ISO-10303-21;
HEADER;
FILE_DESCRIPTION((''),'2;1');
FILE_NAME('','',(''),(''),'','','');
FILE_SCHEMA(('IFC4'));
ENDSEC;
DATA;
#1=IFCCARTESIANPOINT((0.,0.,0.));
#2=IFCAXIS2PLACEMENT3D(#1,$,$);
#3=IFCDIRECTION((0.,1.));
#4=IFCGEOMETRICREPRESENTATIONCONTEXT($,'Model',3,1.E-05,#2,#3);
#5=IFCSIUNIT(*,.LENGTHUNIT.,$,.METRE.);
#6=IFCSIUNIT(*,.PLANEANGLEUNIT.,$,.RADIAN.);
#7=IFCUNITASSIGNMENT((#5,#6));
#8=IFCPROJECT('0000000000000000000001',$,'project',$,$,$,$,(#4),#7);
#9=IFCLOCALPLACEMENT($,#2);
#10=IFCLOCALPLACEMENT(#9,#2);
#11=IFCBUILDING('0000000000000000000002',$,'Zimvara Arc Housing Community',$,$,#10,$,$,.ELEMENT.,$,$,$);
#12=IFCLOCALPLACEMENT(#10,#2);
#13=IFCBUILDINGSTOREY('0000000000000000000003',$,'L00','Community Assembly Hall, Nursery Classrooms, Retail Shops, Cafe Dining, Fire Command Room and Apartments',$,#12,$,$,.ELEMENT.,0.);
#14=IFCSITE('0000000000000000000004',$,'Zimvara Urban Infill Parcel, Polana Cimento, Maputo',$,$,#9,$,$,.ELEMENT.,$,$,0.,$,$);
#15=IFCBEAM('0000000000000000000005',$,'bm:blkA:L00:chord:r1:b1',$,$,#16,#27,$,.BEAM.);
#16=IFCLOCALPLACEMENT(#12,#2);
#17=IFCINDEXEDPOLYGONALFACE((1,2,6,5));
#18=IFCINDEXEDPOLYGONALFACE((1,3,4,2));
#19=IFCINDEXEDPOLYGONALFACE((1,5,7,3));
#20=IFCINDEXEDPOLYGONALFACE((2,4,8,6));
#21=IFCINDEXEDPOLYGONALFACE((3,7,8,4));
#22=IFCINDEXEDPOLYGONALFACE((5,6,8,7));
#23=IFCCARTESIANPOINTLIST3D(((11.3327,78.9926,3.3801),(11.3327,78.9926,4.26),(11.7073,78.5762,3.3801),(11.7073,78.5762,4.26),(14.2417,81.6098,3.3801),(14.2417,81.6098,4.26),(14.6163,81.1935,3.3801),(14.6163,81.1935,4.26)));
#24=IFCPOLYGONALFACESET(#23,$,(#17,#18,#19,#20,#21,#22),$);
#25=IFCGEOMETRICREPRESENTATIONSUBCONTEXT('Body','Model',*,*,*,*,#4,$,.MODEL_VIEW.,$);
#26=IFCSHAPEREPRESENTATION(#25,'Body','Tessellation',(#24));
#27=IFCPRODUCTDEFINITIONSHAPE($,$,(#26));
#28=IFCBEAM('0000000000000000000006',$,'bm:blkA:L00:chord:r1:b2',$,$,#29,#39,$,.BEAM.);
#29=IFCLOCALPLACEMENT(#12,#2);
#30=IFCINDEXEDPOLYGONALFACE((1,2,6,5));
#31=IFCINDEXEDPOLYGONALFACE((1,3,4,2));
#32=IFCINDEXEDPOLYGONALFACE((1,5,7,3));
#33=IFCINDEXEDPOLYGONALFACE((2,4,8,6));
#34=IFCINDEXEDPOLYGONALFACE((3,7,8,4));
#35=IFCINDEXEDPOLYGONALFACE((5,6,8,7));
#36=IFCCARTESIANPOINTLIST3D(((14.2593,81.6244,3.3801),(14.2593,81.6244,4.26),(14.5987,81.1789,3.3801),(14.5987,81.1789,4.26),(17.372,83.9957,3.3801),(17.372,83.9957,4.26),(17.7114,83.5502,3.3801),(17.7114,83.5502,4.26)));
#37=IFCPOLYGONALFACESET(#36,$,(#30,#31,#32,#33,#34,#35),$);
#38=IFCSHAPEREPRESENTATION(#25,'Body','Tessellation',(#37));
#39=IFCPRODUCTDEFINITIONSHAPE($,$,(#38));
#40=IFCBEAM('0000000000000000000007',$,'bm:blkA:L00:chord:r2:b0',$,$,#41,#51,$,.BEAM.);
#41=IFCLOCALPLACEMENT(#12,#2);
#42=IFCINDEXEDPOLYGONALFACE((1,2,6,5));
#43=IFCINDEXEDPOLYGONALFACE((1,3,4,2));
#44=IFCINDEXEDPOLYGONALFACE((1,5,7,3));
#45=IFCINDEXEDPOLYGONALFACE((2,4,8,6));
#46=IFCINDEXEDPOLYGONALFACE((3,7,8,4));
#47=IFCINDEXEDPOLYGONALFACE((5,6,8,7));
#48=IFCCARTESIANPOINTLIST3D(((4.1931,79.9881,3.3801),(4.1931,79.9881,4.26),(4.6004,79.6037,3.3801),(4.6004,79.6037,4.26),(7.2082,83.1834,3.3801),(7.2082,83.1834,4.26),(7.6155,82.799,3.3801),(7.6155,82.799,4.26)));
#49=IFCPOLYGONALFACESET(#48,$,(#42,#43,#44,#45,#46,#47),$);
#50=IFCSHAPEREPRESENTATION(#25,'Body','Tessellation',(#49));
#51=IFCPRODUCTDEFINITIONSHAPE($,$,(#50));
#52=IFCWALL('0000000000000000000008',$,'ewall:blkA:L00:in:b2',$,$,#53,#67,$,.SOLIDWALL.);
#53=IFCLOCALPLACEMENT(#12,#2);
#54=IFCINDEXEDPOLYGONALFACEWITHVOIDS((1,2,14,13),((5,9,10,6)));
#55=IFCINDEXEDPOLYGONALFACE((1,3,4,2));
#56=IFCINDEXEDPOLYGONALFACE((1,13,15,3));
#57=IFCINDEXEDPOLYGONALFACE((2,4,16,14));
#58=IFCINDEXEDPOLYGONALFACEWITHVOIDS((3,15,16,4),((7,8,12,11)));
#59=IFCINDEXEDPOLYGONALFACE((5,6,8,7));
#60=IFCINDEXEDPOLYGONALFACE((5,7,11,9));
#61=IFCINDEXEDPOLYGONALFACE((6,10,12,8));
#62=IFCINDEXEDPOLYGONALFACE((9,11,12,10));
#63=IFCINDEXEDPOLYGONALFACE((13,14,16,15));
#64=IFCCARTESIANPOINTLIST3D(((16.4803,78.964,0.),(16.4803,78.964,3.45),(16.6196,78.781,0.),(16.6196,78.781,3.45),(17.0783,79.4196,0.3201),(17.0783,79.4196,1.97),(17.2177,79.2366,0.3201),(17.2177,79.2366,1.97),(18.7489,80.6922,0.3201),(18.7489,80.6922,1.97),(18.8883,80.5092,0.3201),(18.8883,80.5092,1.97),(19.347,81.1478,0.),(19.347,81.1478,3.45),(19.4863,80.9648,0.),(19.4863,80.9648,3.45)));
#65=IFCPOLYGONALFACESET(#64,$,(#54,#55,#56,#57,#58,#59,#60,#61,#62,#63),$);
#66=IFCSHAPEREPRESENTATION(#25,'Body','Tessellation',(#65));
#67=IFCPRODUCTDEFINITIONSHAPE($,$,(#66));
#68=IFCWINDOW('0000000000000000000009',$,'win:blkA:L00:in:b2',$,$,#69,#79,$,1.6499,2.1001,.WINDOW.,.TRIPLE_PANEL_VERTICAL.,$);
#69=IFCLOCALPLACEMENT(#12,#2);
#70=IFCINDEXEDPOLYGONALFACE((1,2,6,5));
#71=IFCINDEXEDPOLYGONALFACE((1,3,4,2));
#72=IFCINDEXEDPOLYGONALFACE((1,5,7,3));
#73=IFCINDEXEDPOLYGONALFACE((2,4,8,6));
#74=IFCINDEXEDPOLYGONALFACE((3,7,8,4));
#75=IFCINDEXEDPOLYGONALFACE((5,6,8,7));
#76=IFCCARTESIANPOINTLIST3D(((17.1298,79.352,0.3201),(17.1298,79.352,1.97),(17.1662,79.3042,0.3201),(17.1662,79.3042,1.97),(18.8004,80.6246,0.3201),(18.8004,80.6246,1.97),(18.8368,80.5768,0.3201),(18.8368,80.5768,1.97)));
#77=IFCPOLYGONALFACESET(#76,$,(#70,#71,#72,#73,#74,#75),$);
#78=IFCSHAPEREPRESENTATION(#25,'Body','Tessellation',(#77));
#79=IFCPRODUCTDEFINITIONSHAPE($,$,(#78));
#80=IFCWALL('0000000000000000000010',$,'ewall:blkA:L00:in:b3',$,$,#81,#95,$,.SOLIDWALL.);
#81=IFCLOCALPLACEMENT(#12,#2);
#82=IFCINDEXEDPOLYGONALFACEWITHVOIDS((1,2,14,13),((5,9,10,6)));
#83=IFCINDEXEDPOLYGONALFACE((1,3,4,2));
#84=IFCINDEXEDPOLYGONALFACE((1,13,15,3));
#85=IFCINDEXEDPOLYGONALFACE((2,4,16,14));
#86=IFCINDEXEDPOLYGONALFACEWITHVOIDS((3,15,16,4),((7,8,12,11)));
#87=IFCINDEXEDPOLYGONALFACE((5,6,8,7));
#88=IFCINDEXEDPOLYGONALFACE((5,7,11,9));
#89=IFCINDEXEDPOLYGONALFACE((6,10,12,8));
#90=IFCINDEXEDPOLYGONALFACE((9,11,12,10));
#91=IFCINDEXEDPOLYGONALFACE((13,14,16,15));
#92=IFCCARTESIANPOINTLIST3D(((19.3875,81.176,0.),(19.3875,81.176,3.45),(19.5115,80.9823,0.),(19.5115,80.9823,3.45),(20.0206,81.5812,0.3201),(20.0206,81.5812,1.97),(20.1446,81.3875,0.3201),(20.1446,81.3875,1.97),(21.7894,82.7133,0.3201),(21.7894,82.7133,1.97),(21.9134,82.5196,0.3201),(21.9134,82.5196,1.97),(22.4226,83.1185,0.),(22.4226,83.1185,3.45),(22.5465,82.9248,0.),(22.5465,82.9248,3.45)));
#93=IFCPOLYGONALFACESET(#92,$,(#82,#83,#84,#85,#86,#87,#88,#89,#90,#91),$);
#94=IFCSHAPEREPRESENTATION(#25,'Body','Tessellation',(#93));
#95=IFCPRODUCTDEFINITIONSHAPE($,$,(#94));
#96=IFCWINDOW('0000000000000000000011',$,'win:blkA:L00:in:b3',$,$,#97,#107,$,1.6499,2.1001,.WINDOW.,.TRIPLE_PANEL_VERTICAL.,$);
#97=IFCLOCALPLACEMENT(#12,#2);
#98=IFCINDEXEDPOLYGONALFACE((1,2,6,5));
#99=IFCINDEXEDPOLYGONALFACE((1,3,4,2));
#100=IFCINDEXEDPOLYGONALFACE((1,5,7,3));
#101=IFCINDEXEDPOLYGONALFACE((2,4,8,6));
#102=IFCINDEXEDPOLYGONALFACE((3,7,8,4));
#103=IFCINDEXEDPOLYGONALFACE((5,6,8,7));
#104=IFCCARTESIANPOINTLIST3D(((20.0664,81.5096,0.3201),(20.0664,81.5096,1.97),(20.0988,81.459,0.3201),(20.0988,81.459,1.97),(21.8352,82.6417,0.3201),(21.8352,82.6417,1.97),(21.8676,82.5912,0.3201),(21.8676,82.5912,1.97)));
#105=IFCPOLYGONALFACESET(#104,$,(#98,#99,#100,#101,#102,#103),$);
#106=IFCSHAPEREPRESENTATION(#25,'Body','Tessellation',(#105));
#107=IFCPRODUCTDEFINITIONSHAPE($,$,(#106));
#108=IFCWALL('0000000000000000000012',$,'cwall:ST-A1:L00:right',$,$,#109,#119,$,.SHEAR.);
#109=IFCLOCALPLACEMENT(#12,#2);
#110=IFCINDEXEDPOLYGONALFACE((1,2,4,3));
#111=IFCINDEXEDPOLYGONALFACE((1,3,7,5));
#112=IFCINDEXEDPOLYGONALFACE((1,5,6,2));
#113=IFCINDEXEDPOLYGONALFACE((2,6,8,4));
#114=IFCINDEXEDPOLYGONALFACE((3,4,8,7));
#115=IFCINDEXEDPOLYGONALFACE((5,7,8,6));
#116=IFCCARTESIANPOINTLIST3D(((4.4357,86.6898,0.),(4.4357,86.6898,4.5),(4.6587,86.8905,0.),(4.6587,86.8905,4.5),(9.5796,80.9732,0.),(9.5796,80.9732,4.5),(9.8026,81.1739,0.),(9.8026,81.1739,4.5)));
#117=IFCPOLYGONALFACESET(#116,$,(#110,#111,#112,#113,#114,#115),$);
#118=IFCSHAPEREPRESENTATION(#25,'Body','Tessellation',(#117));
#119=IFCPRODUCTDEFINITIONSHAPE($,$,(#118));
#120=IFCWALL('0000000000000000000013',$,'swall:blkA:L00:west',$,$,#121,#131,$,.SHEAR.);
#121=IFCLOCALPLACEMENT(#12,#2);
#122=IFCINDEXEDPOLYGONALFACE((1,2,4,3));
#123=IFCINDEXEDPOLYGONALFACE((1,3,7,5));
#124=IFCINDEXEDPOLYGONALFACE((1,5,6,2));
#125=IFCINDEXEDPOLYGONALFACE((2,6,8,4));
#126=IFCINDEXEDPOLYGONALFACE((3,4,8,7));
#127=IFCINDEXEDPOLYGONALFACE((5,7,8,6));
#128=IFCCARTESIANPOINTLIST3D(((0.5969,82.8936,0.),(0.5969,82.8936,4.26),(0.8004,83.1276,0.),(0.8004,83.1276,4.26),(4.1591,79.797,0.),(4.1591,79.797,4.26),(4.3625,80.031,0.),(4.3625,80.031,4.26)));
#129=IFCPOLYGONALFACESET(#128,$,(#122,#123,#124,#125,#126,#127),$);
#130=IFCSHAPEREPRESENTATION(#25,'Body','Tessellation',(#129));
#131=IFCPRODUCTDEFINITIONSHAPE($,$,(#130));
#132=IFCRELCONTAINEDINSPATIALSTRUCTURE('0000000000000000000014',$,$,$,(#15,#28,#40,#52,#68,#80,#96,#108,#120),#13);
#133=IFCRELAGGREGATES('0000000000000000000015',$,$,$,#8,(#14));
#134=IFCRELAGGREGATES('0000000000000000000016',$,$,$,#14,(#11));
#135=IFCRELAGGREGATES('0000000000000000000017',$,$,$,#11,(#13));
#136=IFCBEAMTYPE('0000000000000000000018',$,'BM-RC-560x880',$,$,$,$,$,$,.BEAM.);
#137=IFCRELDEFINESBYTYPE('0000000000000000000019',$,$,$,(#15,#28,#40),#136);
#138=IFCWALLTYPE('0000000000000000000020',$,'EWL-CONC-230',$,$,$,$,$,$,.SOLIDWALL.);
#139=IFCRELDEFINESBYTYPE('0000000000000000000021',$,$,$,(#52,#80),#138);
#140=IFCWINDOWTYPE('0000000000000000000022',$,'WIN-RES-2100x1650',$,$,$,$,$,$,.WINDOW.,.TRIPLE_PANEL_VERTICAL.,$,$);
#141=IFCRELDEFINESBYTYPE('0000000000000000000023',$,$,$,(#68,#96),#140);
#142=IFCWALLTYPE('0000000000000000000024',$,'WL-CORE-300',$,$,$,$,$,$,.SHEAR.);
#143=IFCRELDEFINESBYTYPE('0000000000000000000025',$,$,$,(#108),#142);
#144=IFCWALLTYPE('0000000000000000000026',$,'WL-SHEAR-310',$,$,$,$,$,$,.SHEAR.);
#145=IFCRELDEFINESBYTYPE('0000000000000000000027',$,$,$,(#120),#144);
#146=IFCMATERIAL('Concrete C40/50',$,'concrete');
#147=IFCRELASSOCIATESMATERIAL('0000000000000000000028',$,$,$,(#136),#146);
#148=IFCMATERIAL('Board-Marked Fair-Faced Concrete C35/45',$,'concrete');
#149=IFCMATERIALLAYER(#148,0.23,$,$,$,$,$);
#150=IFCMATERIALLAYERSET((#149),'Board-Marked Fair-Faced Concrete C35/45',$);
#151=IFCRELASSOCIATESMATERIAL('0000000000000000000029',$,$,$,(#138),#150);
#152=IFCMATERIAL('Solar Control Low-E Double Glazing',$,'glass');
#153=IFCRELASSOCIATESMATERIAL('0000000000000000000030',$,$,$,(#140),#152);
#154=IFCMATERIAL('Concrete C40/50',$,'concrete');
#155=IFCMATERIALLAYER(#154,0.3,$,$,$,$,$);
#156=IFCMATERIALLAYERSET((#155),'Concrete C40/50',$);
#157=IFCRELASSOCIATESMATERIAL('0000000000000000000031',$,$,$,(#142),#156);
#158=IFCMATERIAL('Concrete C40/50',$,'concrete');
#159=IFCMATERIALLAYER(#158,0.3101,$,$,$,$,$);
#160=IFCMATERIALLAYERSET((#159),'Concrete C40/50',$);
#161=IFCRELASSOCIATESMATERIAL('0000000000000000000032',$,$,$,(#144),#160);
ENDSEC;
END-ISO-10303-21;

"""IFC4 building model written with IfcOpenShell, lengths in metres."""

from ifc_helpers import new_model, si_unit, direction, frame, frame_2d, origin, origin_2d, place, context, subcontext, project, spatial, rectangle, extrude, material, layer, layer_set, material_profile, profile_set, type_object, element, fill, save


model = new_model("IFC4")

# Units and contexts
model_context = context("Model", 3, precision=1e-05, world=origin(), true_north=direction((0.0, 1.0)))
body_context = subcontext(model_context, "Body", "Model", "MODEL_VIEW")
ifc_project = project(units=[si_unit("LENGTHUNIT", "METRE"), si_unit("PLANEANGLEUNIT", "RADIAN")], contexts=[model_context])

# Site, building, storey
site_placement = place(None, origin())
site = spatial("IfcSite", under=ifc_project, at=site_placement, Name="Zimvara Urban Infill Parcel, Polana Cimento, Maputo", CompositionType="ELEMENT", RefElevation=0.0)
building_placement = place(site_placement, origin())
building = spatial("IfcBuilding", under=site, at=building_placement, Name="Zimvara Arc Housing Community", CompositionType="ELEMENT")
storey_placement = place(building_placement, origin())
storey = spatial("IfcBuildingStorey", under=building, at=storey_placement, Name="L00", Description="Community Assembly Hall, Nursery Classrooms, Retail Shops, Cafe Dining, Fire Command Room and Apartments", CompositionType="ELEMENT", Elevation=0.0)

# Beams
ifc_material_1 = material(Name="Concrete C40/50", Category="concrete")
ifc_material_profile_1 = material_profile(ifc_material_1, rectangle(XDim=0.5601, YDim=0.8799, at=origin_2d()), Name="RC 560x880")
ifc_profile_set_1 = profile_set([ifc_material_profile_1], Name="Concrete C40/50")
beam_type_1 = type_object("IfcBeamType", Name="BM-RC-560x880", PredefinedType="BEAM", material=ifc_profile_set_1)
for number, where, z_axis, x_axis, name in (
    (1, (11.52, 78.7844, 3.8201), (0.743403, 0.668844, 0.0), (-0.668844, 0.743403, 0.0), "bm:blkA:L00:chord:r1:b1"),
    (2, (14.429, 81.4016, 3.8201), (0.79547, 0.605992, 0.0), (-0.605992, 0.79547, 0.0), "bm:blkA:L00:chord:r1:b2"),
):
    element("IfcBeam", number, at=place(storey_placement, frame(where, z_axis=z_axis, x_axis=x_axis)), inside=storey, type_object=beam_type_1, Name=name, PredefinedType="BEAM", context=body_context, shape_type="SweptSolid", body=[
        extrude(rectangle(XDim=0.5601, YDim=0.8799, at=origin_2d()), origin(), (0.0, 0.0, 1.0), 3.9131),
    ])
beam_1_placement = place(storey_placement, frame((4.3967, 79.7959, 3.8201), z_axis=(0.686304, 0.727315, 0.0), x_axis=(-0.727315, 0.686304, 0.0)))
element("IfcBeam", 3, at=beam_1_placement, inside=storey, type_object=beam_type_1, Name="bm:blkA:L00:chord:r2:b0", PredefinedType="BEAM", context=body_context, shape_type="SweptSolid", body=[
    extrude(rectangle(XDim=0.5601, YDim=0.8799, at=origin_2d()), origin(), (0.0, 0.0, 1.0), 4.3933),
])

# Walls, openings, windows
ifc_material_2 = material(Name="Board-Marked Fair-Faced Concrete C35/45", Category="concrete")
ifc_layer_1 = layer(ifc_material_2, 0.23)
ifc_layer_set_1 = layer_set([ifc_layer_1], Name="Board-Marked Fair-Faced Concrete C35/45")
wall_type_1 = type_object("IfcWallType", Name="EWL-CONC-230", PredefinedType="SOLIDWALL", material=ifc_layer_set_1)
wall_1_placement = place(storey_placement, frame((16.55, 78.8726, 0.0), z_axis=(0.0, 0.0, 1.0), x_axis=(0.795474, 0.605988, 0.0)))
wall_1 = element("IfcWall", 4, at=wall_1_placement, inside=storey, type_object=wall_type_1, Name="ewall:blkA:L00:in:b2", PredefinedType="SOLIDWALL", context=body_context, shape_type="SweptSolid", body=[
    extrude(rectangle(XDim=3.6038, YDim=0.23, at=frame_2d((1.8018, 0.0))), origin(), (0.0, 0.0, 1.0), 3.45),
])
opening_1_placement = place(wall_1_placement, frame((0.7517, 0.0, 0.3201)))
opening_1 = element("IfcOpeningElement", 5, at=opening_1_placement, cuts=wall_1, PredefinedType="OPENING", context=body_context, shape_type="SweptSolid", body=[
    extrude(rectangle(XDim=2.1001, YDim=1.6499, at=frame_2d((1.05, 0.825))), frame((0.0, 0.125, 0.0), z_axis=(0.0, -1.0, 0.0), x_axis=(1.0, 0.0, 0.0)), (0.0, 0.0, 1.0), 0.25),
])
ifc_material_3 = material(Name="Solar Control Low-E Double Glazing", Category="glass")
window_type = type_object("IfcWindowType", Name="WIN-RES-2100x1650", PartitioningType="TRIPLE_PANEL_VERTICAL", PredefinedType="WINDOW", material=ifc_material_3)
window_1_placement = place(opening_1_placement, origin())
window_1 = element("IfcWindow", 6, at=window_1_placement, inside=storey, type_object=window_type, Name="win:blkA:L00:in:b2", OverallHeight=1.6499, OverallWidth=2.1001, PartitioningType="TRIPLE_PANEL_VERTICAL", PredefinedType="WINDOW", context=body_context, shape_type="SweptSolid", body=[
    extrude(rectangle(XDim=2.1001, YDim=1.6499, at=frame_2d((1.05, 0.825))), frame((0.0, 0.03, 0.0), z_axis=(0.0, -1.0, 0.0), x_axis=(1.0, 0.0, 0.0)), (0.0, 0.0, 1.0), 0.0601),
])
fill(opening_1, window_1)
wall_2_placement = place(storey_placement, frame((19.4495, 81.0791, 0.0), z_axis=(0.0, 0.0, 1.0), x_axis=(0.842255, 0.539079, 0.0)))
wall_2 = element("IfcWall", 7, at=wall_2_placement, inside=storey, type_object=wall_type_1, Name="ewall:blkA:L00:in:b3", PredefinedType="SOLIDWALL", context=body_context, shape_type="SweptSolid", body=[
    extrude(rectangle(XDim=3.6035, YDim=0.23, at=frame_2d((1.8018, 0.0))), origin(), (0.0, 0.0, 1.0), 3.45),
])
opening_2_placement = place(wall_2_placement, frame((0.7517, 0.0, 0.3201)))
opening_2 = element("IfcOpeningElement", 8, at=opening_2_placement, cuts=wall_2, PredefinedType="OPENING", context=body_context, shape_type="SweptSolid", body=[
    extrude(rectangle(XDim=2.1001, YDim=1.6499, at=frame_2d((1.05, 0.825))), frame((0.0, 0.125, 0.0), z_axis=(0.0, -1.0, 0.0), x_axis=(1.0, 0.0, 0.0)), (0.0, 0.0, 1.0), 0.25),
])
window_2_placement = place(opening_2_placement, origin())
window_2 = element("IfcWindow", 9, at=window_2_placement, inside=storey, type_object=window_type, Name="win:blkA:L00:in:b3", OverallHeight=1.6499, OverallWidth=2.1001, PartitioningType="TRIPLE_PANEL_VERTICAL", PredefinedType="WINDOW", context=body_context, shape_type="SweptSolid", body=[
    extrude(rectangle(XDim=2.1001, YDim=1.6499, at=frame_2d((1.05, 0.825))), frame((0.0, 0.03, 0.0), z_axis=(0.0, -1.0, 0.0), x_axis=(1.0, 0.0, 0.0)), (0.0, 0.0, 1.0), 0.0601),
])
fill(opening_2, window_2)

# Walls
ifc_material_4 = material(Name="Concrete C40/50", Category="concrete")
ifc_layer_2 = layer(ifc_material_4, 0.3)
ifc_layer_set_2 = layer_set([ifc_layer_2], Name="Concrete C40/50")
wall_type_2 = type_object("IfcWallType", Name="WL-CORE-300", PredefinedType="SHEAR", material=ifc_layer_set_2)
wall_3_placement = place(storey_placement, frame((9.6912, 81.0735, 0.0), z_axis=(0.0, 0.0, 1.0), x_axis=(-0.668886, 0.743365, 0.0)))
element("IfcWall", 10, at=wall_3_placement, inside=storey, type_object=wall_type_2, Name="cwall:ST-A1:L00:right", PredefinedType="SHEAR", context=body_context, shape_type="SweptSolid", body=[
    extrude(rectangle(XDim=7.6902, YDim=0.3, at=frame_2d((3.8452, 0.0))), origin(), (0.0, 0.0, 1.0), 4.5),
])
ifc_material_5 = material(Name="Concrete C40/50", Category="concrete")
ifc_layer_3 = layer(ifc_material_5, 0.3101)
ifc_layer_set_3 = layer_set([ifc_layer_3], Name="Concrete C40/50")
wall_type_3 = type_object("IfcWallType", Name="WL-SHEAR-310", PredefinedType="SHEAR", material=ifc_layer_set_3)
wall_4_placement = place(storey_placement, frame((4.2607, 79.9141, 0.0), z_axis=(0.0, 0.0, 1.0), x_axis=(-0.754704, 0.656066, 0.0)))
element("IfcWall", 11, at=wall_4_placement, inside=storey, type_object=wall_type_3, Name="swall:blkA:L00:west", PredefinedType="SHEAR", context=body_context, shape_type="SweptSolid", body=[
    extrude(rectangle(XDim=4.72, YDim=0.3101, at=frame_2d((2.3599, 0.0))), origin(), (0.0, 0.0, 1.0), 4.26),
])

save(model, "model.ifc")
